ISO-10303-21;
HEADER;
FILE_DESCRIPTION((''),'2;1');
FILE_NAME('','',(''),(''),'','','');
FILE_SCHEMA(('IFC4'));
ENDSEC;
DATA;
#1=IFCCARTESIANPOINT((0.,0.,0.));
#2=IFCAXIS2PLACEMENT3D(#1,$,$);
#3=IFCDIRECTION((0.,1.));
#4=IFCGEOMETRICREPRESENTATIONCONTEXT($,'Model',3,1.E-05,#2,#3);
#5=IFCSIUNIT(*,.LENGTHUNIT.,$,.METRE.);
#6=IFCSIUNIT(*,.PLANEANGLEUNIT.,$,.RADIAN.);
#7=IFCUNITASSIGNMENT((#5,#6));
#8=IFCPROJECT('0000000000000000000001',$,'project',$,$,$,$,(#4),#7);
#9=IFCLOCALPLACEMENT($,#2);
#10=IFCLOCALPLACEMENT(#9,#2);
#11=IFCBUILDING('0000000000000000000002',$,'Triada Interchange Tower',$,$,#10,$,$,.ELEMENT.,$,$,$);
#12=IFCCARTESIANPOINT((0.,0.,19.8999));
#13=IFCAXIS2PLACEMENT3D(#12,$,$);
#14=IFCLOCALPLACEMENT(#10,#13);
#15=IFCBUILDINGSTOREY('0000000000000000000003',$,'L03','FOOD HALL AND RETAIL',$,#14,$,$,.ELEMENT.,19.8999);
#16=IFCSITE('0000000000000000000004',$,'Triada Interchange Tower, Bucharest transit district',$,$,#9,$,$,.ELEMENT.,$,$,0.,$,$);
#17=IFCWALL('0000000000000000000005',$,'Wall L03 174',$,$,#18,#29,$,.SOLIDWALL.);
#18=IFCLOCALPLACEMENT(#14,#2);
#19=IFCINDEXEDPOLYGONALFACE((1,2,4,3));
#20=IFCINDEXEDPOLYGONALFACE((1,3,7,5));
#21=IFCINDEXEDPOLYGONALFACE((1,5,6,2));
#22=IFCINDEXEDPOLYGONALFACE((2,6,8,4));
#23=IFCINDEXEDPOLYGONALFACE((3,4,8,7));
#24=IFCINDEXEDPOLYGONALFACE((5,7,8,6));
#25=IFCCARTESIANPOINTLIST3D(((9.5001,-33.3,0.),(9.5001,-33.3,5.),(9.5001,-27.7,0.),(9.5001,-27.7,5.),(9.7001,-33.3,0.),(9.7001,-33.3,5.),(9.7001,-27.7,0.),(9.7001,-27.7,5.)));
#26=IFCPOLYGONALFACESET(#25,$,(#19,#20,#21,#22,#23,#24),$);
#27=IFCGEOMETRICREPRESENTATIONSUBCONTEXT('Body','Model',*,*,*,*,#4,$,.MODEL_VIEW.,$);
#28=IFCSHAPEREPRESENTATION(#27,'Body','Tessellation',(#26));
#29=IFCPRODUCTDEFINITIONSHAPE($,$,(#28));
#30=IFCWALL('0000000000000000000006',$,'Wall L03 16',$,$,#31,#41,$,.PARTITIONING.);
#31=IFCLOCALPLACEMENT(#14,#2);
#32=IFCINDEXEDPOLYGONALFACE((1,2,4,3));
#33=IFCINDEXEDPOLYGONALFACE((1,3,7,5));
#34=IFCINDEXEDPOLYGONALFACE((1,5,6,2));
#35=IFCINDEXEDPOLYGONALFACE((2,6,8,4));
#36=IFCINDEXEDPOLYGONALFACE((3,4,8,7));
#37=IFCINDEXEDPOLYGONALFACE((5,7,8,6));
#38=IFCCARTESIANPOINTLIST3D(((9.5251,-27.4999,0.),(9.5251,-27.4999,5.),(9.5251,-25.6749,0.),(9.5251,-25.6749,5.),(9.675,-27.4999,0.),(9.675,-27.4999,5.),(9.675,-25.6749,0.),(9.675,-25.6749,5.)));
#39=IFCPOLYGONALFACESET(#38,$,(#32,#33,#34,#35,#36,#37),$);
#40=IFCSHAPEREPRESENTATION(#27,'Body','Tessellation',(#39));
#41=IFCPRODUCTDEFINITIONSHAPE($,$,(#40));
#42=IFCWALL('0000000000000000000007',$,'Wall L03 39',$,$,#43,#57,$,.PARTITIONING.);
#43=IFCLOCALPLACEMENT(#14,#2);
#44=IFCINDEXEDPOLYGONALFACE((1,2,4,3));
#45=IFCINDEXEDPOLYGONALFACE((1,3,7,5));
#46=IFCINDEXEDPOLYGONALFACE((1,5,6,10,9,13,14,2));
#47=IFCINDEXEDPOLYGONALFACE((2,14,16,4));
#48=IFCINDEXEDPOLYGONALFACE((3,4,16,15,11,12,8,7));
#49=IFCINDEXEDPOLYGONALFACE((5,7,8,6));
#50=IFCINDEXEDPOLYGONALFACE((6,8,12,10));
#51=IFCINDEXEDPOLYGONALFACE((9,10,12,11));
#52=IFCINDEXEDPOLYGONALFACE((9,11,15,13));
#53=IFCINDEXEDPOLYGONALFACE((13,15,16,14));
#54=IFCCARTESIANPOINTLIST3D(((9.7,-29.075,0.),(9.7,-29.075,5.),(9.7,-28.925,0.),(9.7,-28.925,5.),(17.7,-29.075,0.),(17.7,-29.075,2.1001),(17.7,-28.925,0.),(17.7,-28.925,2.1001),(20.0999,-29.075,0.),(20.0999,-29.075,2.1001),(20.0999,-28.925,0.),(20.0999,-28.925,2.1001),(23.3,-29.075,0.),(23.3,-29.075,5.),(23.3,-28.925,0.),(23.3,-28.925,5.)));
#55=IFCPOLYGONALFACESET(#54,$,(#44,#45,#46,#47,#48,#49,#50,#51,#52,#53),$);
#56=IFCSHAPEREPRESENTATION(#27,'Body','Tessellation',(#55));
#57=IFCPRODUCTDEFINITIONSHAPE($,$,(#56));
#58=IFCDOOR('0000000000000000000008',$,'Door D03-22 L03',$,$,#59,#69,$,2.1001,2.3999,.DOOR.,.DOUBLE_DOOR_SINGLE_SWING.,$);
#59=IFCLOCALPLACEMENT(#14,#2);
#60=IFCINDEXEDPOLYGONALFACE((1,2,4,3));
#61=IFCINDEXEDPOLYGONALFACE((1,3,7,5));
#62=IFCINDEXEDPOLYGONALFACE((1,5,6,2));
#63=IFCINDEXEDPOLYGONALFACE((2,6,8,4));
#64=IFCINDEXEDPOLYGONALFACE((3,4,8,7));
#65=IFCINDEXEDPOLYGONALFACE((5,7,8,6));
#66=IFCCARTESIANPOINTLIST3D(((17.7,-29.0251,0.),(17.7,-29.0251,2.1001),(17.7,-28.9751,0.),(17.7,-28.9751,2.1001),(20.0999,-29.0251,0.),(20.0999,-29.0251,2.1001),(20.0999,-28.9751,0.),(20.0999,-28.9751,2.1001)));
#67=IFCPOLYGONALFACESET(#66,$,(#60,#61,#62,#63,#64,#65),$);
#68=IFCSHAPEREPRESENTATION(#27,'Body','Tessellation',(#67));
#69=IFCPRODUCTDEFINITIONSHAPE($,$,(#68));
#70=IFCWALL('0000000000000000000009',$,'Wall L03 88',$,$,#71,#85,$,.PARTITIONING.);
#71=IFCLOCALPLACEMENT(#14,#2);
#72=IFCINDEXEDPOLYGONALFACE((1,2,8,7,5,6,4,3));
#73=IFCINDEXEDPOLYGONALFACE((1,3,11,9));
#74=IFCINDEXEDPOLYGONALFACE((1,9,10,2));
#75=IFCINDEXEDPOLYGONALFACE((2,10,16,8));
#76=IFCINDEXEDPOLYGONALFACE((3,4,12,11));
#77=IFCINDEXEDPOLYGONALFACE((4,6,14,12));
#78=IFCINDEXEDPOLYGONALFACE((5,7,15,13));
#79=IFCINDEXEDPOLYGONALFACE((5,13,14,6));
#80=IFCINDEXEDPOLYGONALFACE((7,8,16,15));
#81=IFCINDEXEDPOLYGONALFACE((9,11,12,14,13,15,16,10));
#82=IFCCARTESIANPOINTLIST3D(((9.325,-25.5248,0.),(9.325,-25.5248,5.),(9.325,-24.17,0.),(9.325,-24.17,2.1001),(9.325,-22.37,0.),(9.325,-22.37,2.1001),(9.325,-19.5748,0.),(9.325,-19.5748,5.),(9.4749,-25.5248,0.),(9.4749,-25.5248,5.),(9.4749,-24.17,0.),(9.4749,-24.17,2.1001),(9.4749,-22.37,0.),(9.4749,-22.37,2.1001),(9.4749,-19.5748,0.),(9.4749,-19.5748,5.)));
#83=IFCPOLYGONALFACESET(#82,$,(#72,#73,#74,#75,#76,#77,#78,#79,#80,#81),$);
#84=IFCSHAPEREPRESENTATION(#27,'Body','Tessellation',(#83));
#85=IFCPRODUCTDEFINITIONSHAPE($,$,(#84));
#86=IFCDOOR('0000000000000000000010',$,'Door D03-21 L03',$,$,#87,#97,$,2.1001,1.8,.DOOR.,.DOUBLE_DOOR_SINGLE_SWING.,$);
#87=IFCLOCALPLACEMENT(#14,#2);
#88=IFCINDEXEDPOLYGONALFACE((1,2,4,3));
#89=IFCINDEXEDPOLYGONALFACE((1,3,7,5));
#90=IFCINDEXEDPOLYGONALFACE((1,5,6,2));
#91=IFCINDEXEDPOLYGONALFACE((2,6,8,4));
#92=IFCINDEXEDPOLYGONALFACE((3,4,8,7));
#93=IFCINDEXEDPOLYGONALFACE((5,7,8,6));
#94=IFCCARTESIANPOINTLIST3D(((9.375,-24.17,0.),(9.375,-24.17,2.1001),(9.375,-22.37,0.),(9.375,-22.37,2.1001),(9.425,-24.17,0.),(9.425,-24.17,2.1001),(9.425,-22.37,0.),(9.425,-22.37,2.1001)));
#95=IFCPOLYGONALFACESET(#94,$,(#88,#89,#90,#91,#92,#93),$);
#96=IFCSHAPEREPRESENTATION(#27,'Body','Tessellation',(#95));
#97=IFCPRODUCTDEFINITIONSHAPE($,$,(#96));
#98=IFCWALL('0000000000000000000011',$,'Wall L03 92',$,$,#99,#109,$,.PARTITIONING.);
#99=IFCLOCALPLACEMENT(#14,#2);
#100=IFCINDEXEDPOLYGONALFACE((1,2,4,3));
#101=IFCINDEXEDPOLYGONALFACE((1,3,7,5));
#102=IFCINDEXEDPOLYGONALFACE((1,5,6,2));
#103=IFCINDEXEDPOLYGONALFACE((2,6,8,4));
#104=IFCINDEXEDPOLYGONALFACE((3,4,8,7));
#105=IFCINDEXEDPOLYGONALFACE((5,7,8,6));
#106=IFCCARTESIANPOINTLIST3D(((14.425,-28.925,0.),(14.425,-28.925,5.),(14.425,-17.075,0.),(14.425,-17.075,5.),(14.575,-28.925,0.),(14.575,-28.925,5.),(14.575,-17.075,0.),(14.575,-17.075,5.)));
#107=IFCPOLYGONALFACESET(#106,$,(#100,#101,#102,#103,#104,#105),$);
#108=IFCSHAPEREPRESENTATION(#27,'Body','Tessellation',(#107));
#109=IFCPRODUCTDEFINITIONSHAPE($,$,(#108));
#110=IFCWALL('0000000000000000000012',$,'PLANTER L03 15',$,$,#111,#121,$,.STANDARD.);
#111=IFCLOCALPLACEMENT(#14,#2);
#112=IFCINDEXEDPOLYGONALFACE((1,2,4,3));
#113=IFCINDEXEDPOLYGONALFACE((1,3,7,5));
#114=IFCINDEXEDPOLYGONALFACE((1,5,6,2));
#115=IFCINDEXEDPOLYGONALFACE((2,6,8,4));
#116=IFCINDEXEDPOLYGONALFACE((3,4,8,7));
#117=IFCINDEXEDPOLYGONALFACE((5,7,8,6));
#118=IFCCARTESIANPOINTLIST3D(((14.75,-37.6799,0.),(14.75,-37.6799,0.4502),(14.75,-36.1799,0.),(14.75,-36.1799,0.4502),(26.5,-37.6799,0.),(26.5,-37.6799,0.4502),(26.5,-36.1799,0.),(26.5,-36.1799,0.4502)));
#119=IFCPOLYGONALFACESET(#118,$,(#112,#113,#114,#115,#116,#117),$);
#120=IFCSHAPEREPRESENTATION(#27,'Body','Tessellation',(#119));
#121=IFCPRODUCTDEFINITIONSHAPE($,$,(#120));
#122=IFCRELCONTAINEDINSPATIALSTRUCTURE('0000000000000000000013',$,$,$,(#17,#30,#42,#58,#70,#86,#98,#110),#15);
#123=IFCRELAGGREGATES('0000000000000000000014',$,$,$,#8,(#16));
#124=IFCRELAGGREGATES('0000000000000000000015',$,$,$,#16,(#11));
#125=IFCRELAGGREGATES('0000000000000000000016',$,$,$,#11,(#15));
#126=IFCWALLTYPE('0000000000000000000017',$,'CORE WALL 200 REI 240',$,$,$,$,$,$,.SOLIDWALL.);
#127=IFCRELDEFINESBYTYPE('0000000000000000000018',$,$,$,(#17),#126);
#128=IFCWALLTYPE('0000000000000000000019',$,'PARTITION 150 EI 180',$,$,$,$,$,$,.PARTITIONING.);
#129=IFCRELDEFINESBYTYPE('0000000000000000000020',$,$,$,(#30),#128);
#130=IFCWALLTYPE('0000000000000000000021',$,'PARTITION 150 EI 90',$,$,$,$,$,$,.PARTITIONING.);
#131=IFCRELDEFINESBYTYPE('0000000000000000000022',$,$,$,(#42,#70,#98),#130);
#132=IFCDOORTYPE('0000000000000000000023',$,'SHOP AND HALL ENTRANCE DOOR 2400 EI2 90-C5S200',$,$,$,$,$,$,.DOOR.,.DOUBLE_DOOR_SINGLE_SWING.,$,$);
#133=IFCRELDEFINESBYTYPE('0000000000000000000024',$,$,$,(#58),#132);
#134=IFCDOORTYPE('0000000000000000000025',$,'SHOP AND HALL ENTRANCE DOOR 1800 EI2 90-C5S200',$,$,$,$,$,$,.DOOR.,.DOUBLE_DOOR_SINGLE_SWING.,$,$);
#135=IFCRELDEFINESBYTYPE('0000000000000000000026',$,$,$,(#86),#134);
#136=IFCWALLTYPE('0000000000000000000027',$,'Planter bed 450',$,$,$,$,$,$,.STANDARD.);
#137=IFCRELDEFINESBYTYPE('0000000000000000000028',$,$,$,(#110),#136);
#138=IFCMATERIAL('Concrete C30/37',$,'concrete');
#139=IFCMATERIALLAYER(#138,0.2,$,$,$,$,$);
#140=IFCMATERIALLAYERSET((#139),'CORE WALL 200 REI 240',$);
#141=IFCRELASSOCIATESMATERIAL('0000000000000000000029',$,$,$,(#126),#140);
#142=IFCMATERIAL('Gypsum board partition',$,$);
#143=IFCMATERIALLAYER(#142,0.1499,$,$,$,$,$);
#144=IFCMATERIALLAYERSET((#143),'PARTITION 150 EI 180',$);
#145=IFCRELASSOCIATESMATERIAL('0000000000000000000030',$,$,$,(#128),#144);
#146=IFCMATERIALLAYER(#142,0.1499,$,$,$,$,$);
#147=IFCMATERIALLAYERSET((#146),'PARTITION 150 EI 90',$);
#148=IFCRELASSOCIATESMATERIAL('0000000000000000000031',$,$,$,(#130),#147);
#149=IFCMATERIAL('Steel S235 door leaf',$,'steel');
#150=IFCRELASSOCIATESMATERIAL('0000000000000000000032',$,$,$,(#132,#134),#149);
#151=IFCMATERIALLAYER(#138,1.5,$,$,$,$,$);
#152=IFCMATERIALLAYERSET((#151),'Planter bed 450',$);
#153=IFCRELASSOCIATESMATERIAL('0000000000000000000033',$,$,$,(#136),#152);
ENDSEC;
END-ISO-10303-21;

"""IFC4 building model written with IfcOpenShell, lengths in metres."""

from ifc_helpers import new_model, si_unit, direction, frame, frame_2d, origin, place, context, subcontext, project, spatial, rectangle, extrude, material, layer, layer_set, type_object, element, fill, save


model = new_model("IFC4")

# Units and contexts
model_context = context("Model", 3, precision=1e-05, world=origin(), true_north=direction((0.0, 1.0)))
body_context = subcontext(model_context, "Body", "Model", "MODEL_VIEW")
ifc_project = project(units=[si_unit("LENGTHUNIT", "METRE"), si_unit("PLANEANGLEUNIT", "RADIAN")], contexts=[model_context])

# Site, building, storey
site_placement = place(None, origin())
site = spatial("IfcSite", under=ifc_project, at=site_placement, Name="Triada Interchange Tower, Bucharest transit district", CompositionType="ELEMENT", RefElevation=0.0)
building_placement = place(site_placement, origin())
building = spatial("IfcBuilding", under=site, at=building_placement, Name="Triada Interchange Tower", CompositionType="ELEMENT")
storey_placement = place(building_placement, frame((0.0, 0.0, 19.8999)))
storey = spatial("IfcBuildingStorey", under=building, at=storey_placement, Name="L03", Description="FOOD HALL AND RETAIL", CompositionType="ELEMENT", Elevation=19.8999)

# Wall
ifc_material_1 = material(Name="Concrete C30/37", Category="concrete")
ifc_layer_1 = layer(ifc_material_1, 0.2)
ifc_layer_set_1 = layer_set([ifc_layer_1], Name="CORE WALL 200 REI 240")
wall_type_1 = type_object("IfcWallType", Name="CORE WALL 200 REI 240", PredefinedType="SOLIDWALL", material=ifc_layer_set_1)
wall_1_placement = place(storey_placement, frame((9.6001, -33.3, 0.0), z_axis=(0.0, 0.0, 1.0), x_axis=(0.0, 1.0, 0.0)))
element("IfcWall", 1, at=wall_1_placement, inside=storey, type_object=wall_type_1, Name="Wall L03 174", PredefinedType="SOLIDWALL", context=body_context, shape_type="SweptSolid", body=[
    extrude(rectangle(XDim=5.6001, YDim=0.2, at=frame_2d((2.8, 0.0))), origin(), (0.0, 0.0, 1.0), 5.0),
])

# Wall
ifc_material_2 = material(Name="Gypsum board partition")
ifc_layer_2 = layer(ifc_material_2, 0.1499)
ifc_layer_set_2 = layer_set([ifc_layer_2], Name="PARTITION 150 EI 180")
wall_type_2 = type_object("IfcWallType", Name="PARTITION 150 EI 180", PredefinedType="PARTITIONING", material=ifc_layer_set_2)
wall_2_placement = place(storey_placement, frame((9.6001, -27.5, 0.0), z_axis=(0.0, 0.0, 1.0), x_axis=(0.0, 1.0, 0.0)))
element("IfcWall", 2, at=wall_2_placement, inside=storey, type_object=wall_type_2, Name="Wall L03 16", PredefinedType="PARTITIONING", context=body_context, shape_type="SweptSolid", body=[
    extrude(rectangle(XDim=1.825, YDim=0.1499, at=frame_2d((0.9126, 0.0))), origin(), (0.0, 0.0, 1.0), 5.0),
])

# Walls, openings, doors
ifc_layer_3 = layer(ifc_material_2, 0.1499)
ifc_layer_set_3 = layer_set([ifc_layer_3], Name="PARTITION 150 EI 90")
wall_type_3 = type_object("IfcWallType", Name="PARTITION 150 EI 90", PredefinedType="PARTITIONING", material=ifc_layer_set_3)
wall_3_placement = place(storey_placement, frame((9.7, -29.0, 0.0), z_axis=(0.0, 0.0, 1.0), x_axis=(1.0, 0.0, 0.0)))
wall_3 = element("IfcWall", 3, at=wall_3_placement, inside=storey, type_object=wall_type_3, Name="Wall L03 39", PredefinedType="PARTITIONING", context=body_context, shape_type="SweptSolid", body=[
    extrude(rectangle(XDim=13.6001, YDim=0.1499, at=frame_2d((6.8, 0.0))), origin(), (0.0, 0.0, 1.0), 5.0),
])
opening_1_placement = place(wall_3_placement, frame((8.0, 0.0, 0.0)))
opening_1 = element("IfcOpeningElement", 4, at=opening_1_placement, cuts=wall_3, PredefinedType="OPENING", context=body_context, shape_type="SweptSolid", body=[
    extrude(rectangle(XDim=2.3999, YDim=2.1001, at=frame_2d((1.2, 1.05))), frame((0.0, 0.085, 0.0), z_axis=(0.0, -1.0, 0.0), x_axis=(1.0, 0.0, 0.0)), (0.0, 0.0, 1.0), 0.1699),
])
ifc_material_3 = material(Name="Steel S235 door leaf", Category="steel")
door_type_1 = type_object("IfcDoorType", Name="SHOP AND HALL ENTRANCE DOOR 2400 EI2 90-C5S200", OperationType="DOUBLE_DOOR_SINGLE_SWING", PredefinedType="DOOR", material=ifc_material_3)
door_1_placement = place(opening_1_placement, origin())
door_1 = element("IfcDoor", 5, at=door_1_placement, inside=storey, type_object=door_type_1, Name="Door D03-22 L03", OperationType="DOUBLE_DOOR_SINGLE_SWING", OverallHeight=2.1001, OverallWidth=2.3999, PredefinedType="DOOR", context=body_context, shape_type="SweptSolid", body=[
    extrude(rectangle(XDim=2.3999, YDim=2.1001, at=frame_2d((1.2, 1.05))), frame((0.0, 0.0249, 0.0), z_axis=(0.0, -1.0, 0.0), x_axis=(1.0, 0.0, 0.0)), (0.0, 0.0, 1.0), 0.05),
])
fill(opening_1, door_1)
wall_4_placement = place(storey_placement, frame((9.3999, -25.5249, 0.0), z_axis=(0.0, 0.0, 1.0), x_axis=(0.0, 1.0, 0.0)))
wall_4 = element("IfcWall", 6, at=wall_4_placement, inside=storey, type_object=wall_type_3, Name="Wall L03 88", PredefinedType="PARTITIONING", context=body_context, shape_type="SweptSolid", body=[
    extrude(rectangle(XDim=5.95, YDim=0.1499, at=frame_2d((2.9751, 0.0))), origin(), (0.0, 0.0, 1.0), 5.0),
])
opening_2_placement = place(wall_4_placement, frame((1.355, 0.0, 0.0)))
opening_2 = element("IfcOpeningElement", 7, at=opening_2_placement, cuts=wall_4, PredefinedType="OPENING", context=body_context, shape_type="SweptSolid", body=[
    extrude(rectangle(XDim=1.8, YDim=2.1001, at=frame_2d((0.8999, 1.05))), frame((0.0, 0.085, 0.0), z_axis=(0.0, -1.0, 0.0), x_axis=(1.0, 0.0, 0.0)), (0.0, 0.0, 1.0), 0.1699),
])
door_type_2 = type_object("IfcDoorType", Name="SHOP AND HALL ENTRANCE DOOR 1800 EI2 90-C5S200", OperationType="DOUBLE_DOOR_SINGLE_SWING", PredefinedType="DOOR", material=ifc_material_3)
door_2_placement = place(opening_2_placement, origin())
door_2 = element("IfcDoor", 8, at=door_2_placement, inside=storey, type_object=door_type_2, Name="Door D03-21 L03", OperationType="DOUBLE_DOOR_SINGLE_SWING", OverallHeight=2.1001, OverallWidth=1.8, PredefinedType="DOOR", context=body_context, shape_type="SweptSolid", body=[
    extrude(rectangle(XDim=1.8, YDim=2.1001, at=frame_2d((0.8999, 1.05))), frame((0.0, 0.0249, 0.0), z_axis=(0.0, -1.0, 0.0), x_axis=(1.0, 0.0, 0.0)), (0.0, 0.0, 1.0), 0.05),
])
fill(opening_2, door_2)

# Walls
wall_5_placement = place(storey_placement, frame((14.5, -28.925, 0.0), z_axis=(0.0, 0.0, 1.0), x_axis=(0.0, 1.0, 0.0)))
element("IfcWall", 9, at=wall_5_placement, inside=storey, type_object=wall_type_3, Name="Wall L03 92", PredefinedType="PARTITIONING", context=body_context, shape_type="SweptSolid", body=[
    extrude(rectangle(XDim=11.8501, YDim=0.1499, at=frame_2d((5.925, 0.0))), origin(), (0.0, 0.0, 1.0), 5.0),
])
ifc_layer_4 = layer(ifc_material_1, 1.5)
ifc_layer_set_4 = layer_set([ifc_layer_4], Name="Planter bed 450")
wall_type_4 = type_object("IfcWallType", Name="Planter bed 450", PredefinedType="STANDARD", material=ifc_layer_set_4)
wall_6_placement = place(storey_placement, frame((14.75, -36.9299, 0.0), z_axis=(0.0, 0.0, 1.0), x_axis=(1.0, 0.0, 0.0)))
element("IfcWall", 10, at=wall_6_placement, inside=storey, type_object=wall_type_4, Name="PLANTER L03 15", PredefinedType="STANDARD", context=body_context, shape_type="SweptSolid", body=[
    extrude(rectangle(XDim=11.75, YDim=1.5, at=frame_2d((5.875, 0.0))), origin(), (0.0, 0.0, 1.0), 0.4502),
])

save(model, "model.ifc")
